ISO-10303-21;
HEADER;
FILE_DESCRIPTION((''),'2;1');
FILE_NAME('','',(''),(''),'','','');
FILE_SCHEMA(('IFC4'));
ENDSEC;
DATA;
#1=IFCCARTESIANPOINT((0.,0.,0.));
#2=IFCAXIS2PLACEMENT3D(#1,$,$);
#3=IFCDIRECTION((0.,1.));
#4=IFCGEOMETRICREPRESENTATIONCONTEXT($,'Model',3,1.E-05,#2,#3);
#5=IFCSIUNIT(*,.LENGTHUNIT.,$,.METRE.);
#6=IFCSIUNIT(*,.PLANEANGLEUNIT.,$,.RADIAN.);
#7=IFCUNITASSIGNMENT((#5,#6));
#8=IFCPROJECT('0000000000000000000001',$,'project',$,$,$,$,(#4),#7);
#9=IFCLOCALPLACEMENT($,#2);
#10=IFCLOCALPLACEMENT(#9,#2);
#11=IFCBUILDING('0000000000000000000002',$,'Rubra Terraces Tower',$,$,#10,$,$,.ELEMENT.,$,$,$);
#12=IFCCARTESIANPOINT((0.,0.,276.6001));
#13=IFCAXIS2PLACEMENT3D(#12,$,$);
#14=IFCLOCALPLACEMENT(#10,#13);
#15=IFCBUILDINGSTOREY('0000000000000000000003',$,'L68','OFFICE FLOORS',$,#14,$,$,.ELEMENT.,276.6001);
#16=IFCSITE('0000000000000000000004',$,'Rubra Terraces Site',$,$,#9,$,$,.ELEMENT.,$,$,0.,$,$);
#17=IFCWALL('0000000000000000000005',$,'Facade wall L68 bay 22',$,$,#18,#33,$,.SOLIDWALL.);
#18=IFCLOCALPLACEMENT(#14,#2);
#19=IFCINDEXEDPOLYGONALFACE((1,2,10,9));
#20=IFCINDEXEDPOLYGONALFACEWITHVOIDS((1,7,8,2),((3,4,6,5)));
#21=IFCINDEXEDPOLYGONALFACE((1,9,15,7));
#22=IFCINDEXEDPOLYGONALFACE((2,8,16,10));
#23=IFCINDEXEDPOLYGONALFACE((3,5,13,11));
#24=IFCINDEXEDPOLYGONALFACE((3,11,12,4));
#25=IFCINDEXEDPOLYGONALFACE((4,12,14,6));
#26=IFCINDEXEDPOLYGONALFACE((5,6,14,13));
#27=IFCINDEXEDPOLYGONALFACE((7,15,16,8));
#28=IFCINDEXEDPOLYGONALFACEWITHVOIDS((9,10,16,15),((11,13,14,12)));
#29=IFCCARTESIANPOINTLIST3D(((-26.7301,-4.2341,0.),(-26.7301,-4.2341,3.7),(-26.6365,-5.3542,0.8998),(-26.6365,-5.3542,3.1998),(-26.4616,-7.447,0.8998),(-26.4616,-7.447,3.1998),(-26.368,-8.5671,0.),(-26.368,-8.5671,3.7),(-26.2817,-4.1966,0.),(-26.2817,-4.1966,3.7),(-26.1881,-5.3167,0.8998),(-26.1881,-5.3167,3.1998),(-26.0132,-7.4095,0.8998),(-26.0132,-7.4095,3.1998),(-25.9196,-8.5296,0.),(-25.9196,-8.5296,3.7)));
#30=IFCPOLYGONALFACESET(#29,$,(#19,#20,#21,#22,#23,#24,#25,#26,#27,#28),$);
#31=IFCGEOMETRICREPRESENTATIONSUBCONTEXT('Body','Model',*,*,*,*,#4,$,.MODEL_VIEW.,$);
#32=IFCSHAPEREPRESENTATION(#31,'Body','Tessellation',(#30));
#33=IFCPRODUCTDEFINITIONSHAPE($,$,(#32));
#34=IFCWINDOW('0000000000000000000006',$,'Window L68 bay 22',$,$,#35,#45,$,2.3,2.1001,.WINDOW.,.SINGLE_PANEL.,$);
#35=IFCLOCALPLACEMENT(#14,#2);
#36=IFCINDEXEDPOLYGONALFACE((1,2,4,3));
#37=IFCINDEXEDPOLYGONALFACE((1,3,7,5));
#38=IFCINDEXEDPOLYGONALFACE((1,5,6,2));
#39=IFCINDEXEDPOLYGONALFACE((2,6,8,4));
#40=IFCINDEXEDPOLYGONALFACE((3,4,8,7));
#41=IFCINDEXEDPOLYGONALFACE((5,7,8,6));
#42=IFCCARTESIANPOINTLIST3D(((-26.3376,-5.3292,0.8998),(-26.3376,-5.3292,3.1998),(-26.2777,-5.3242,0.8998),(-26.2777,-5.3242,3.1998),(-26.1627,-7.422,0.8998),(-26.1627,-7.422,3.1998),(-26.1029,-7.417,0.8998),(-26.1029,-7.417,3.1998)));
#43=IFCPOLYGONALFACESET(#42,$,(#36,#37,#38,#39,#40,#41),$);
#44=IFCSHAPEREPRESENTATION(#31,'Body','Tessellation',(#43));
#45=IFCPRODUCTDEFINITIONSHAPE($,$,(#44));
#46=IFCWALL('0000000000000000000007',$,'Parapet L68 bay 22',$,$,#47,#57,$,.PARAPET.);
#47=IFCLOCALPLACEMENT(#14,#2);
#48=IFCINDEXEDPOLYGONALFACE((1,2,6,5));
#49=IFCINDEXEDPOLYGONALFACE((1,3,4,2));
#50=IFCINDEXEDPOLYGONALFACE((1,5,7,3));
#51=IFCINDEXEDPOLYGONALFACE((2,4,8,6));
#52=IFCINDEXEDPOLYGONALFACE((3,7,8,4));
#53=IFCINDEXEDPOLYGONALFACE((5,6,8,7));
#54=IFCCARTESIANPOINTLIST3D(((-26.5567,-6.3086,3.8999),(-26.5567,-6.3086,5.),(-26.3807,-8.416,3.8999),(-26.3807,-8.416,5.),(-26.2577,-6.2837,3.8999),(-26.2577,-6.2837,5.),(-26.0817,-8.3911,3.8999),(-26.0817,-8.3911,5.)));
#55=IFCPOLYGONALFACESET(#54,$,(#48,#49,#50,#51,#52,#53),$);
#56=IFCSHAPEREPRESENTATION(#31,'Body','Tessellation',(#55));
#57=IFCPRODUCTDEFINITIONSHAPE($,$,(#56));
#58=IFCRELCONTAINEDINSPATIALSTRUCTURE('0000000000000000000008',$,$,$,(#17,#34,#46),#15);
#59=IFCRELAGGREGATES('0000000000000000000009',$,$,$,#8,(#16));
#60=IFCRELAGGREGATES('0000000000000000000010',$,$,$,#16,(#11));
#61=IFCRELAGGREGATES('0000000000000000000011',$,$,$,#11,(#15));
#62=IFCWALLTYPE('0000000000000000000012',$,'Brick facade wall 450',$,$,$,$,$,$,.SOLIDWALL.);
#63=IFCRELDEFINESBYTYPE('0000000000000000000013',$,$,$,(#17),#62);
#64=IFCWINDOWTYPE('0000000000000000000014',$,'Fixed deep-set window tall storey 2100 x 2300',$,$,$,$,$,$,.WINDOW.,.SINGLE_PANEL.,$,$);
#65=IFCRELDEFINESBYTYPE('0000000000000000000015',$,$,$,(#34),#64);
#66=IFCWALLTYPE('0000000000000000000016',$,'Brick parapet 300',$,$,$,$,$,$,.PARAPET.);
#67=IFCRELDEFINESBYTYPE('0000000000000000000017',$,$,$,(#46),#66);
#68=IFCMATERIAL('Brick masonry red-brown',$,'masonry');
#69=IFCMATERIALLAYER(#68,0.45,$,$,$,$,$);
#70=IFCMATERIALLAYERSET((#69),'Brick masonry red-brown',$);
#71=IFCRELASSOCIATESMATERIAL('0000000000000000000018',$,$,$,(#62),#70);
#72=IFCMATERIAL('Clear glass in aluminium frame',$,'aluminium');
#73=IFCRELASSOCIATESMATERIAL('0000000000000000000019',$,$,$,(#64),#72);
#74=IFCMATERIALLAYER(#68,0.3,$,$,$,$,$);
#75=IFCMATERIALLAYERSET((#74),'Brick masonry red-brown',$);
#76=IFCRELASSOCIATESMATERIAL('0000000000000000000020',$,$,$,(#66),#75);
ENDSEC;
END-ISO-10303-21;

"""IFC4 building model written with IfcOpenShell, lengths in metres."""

from ifc_helpers import new_model, si_unit, direction, frame, frame_2d, origin, place, context, subcontext, project, spatial, rectangle, extrude, material, layer, layer_set, type_object, element, fill, save


model = new_model("IFC4")

# Units and contexts
model_context = context("Model", 3, precision=1e-05, world=origin(), true_north=direction((0.0, 1.0)))
body_context = subcontext(model_context, "Body", "Model", "MODEL_VIEW")
ifc_project = project(units=[si_unit("LENGTHUNIT", "METRE"), si_unit("PLANEANGLEUNIT", "RADIAN")], contexts=[model_context])

# Site, building, storey
site_placement = place(None, origin())
site = spatial("IfcSite", under=ifc_project, at=site_placement, Name="Rubra Terraces Site", CompositionType="ELEMENT", RefElevation=0.0)
building_placement = place(site_placement, origin())
building = spatial("IfcBuilding", under=site, at=building_placement, Name="Rubra Terraces Tower", CompositionType="ELEMENT")
storey_placement = place(building_placement, frame((0.0, 0.0, 276.6001)))
storey = spatial("IfcBuildingStorey", under=building, at=storey_placement, Name="L68", Description="OFFICE FLOORS", CompositionType="ELEMENT", Elevation=276.6001)

# Wall, opening, window
ifc_material_1 = material(Name="Brick masonry red-brown", Category="masonry")
ifc_layer_1 = layer(ifc_material_1, 0.45)
ifc_layer_set_1 = layer_set([ifc_layer_1], Name="Brick masonry red-brown")
wall_type_1 = type_object("IfcWallType", Name="Brick facade wall 450", PredefinedType="SOLIDWALL", material=ifc_layer_set_1)
ifc_material_2 = material(Name="Clear glass in aluminium frame", Category="aluminium")
window_type = type_object("IfcWindowType", Name="Fixed deep-set window tall storey 2100 x 2300", PartitioningType="SINGLE_PANEL", PredefinedType="WINDOW", material=ifc_material_2)
wall_1_placement = place(storey_placement, frame((-26.5059, -4.2153, 0.0), z_axis=(0.0, 0.0, 1.0), x_axis=(0.083269, -0.996527, 0.0)))
wall_1 = element("IfcWall", 1, at=wall_1_placement, inside=storey, type_object=wall_type_1, Name="Facade wall L68 bay 22", PredefinedType="SOLIDWALL", context=body_context, shape_type="SweptSolid", body=[
    extrude(rectangle(XDim=4.3481, YDim=0.45, at=frame_2d((2.1741, 0.0))), origin(), (0.0, 0.0, 1.0), 3.7),
])
opening_1_placement = place(wall_1_placement, frame((1.124, 0.0, 0.8999)))
opening_1 = element("IfcOpeningElement", 2, at=opening_1_placement, cuts=wall_1, PredefinedType="OPENING", context=body_context, shape_type="SweptSolid", body=[
    extrude(rectangle(XDim=2.1001, YDim=2.3, at=frame_2d((1.05, 1.1499))), frame((0.0, 0.2349, 0.0), z_axis=(0.0, -1.0, 0.0), x_axis=(1.0, 0.0, 0.0)), (0.0, 0.0, 1.0), 0.47),
])
window_1_placement = place(opening_1_placement, origin())
window_1 = element("IfcWindow", 3, at=window_1_placement, inside=storey, type_object=window_type, Name="Window L68 bay 22", OverallHeight=2.3, OverallWidth=2.1001, PartitioningType="SINGLE_PANEL", PredefinedType="WINDOW", context=body_context, shape_type="SweptSolid", body=[
    extrude(rectangle(XDim=2.1001, YDim=2.3, at=frame_2d((1.05, 1.1499))), frame((0.0, 0.135, 0.0), z_axis=(0.0, -1.0, 0.0), x_axis=(1.0, 0.0, 0.0)), (0.0, 0.0, 1.0), 0.0601),
])
fill(opening_1, window_1)

# Wall
ifc_layer_2 = layer(ifc_material_1, 0.3)
ifc_layer_set_2 = layer_set([ifc_layer_2], Name="Brick masonry red-brown")
wall_type_2 = type_object("IfcWallType", Name="Brick parapet 300", PredefinedType="PARAPET", material=ifc_layer_set_2)
wall_2_placement = place(storey_placement, frame((-26.4072, -6.2961, 3.8999), z_axis=(0.0, 0.0, 1.0), x_axis=(0.083237, -0.99653, 0.0)))
element("IfcWall", 4, at=wall_2_placement, inside=storey, type_object=wall_type_2, Name="Parapet L68 bay 22", PredefinedType="PARAPET", context=body_context, shape_type="SweptSolid", body=[
    extrude(rectangle(XDim=2.1147, YDim=0.3, at=frame_2d((1.0574, 0.0))), origin(), (0.0, 0.0, 1.0), 1.1001),
])

save(model, "model.ifc")
